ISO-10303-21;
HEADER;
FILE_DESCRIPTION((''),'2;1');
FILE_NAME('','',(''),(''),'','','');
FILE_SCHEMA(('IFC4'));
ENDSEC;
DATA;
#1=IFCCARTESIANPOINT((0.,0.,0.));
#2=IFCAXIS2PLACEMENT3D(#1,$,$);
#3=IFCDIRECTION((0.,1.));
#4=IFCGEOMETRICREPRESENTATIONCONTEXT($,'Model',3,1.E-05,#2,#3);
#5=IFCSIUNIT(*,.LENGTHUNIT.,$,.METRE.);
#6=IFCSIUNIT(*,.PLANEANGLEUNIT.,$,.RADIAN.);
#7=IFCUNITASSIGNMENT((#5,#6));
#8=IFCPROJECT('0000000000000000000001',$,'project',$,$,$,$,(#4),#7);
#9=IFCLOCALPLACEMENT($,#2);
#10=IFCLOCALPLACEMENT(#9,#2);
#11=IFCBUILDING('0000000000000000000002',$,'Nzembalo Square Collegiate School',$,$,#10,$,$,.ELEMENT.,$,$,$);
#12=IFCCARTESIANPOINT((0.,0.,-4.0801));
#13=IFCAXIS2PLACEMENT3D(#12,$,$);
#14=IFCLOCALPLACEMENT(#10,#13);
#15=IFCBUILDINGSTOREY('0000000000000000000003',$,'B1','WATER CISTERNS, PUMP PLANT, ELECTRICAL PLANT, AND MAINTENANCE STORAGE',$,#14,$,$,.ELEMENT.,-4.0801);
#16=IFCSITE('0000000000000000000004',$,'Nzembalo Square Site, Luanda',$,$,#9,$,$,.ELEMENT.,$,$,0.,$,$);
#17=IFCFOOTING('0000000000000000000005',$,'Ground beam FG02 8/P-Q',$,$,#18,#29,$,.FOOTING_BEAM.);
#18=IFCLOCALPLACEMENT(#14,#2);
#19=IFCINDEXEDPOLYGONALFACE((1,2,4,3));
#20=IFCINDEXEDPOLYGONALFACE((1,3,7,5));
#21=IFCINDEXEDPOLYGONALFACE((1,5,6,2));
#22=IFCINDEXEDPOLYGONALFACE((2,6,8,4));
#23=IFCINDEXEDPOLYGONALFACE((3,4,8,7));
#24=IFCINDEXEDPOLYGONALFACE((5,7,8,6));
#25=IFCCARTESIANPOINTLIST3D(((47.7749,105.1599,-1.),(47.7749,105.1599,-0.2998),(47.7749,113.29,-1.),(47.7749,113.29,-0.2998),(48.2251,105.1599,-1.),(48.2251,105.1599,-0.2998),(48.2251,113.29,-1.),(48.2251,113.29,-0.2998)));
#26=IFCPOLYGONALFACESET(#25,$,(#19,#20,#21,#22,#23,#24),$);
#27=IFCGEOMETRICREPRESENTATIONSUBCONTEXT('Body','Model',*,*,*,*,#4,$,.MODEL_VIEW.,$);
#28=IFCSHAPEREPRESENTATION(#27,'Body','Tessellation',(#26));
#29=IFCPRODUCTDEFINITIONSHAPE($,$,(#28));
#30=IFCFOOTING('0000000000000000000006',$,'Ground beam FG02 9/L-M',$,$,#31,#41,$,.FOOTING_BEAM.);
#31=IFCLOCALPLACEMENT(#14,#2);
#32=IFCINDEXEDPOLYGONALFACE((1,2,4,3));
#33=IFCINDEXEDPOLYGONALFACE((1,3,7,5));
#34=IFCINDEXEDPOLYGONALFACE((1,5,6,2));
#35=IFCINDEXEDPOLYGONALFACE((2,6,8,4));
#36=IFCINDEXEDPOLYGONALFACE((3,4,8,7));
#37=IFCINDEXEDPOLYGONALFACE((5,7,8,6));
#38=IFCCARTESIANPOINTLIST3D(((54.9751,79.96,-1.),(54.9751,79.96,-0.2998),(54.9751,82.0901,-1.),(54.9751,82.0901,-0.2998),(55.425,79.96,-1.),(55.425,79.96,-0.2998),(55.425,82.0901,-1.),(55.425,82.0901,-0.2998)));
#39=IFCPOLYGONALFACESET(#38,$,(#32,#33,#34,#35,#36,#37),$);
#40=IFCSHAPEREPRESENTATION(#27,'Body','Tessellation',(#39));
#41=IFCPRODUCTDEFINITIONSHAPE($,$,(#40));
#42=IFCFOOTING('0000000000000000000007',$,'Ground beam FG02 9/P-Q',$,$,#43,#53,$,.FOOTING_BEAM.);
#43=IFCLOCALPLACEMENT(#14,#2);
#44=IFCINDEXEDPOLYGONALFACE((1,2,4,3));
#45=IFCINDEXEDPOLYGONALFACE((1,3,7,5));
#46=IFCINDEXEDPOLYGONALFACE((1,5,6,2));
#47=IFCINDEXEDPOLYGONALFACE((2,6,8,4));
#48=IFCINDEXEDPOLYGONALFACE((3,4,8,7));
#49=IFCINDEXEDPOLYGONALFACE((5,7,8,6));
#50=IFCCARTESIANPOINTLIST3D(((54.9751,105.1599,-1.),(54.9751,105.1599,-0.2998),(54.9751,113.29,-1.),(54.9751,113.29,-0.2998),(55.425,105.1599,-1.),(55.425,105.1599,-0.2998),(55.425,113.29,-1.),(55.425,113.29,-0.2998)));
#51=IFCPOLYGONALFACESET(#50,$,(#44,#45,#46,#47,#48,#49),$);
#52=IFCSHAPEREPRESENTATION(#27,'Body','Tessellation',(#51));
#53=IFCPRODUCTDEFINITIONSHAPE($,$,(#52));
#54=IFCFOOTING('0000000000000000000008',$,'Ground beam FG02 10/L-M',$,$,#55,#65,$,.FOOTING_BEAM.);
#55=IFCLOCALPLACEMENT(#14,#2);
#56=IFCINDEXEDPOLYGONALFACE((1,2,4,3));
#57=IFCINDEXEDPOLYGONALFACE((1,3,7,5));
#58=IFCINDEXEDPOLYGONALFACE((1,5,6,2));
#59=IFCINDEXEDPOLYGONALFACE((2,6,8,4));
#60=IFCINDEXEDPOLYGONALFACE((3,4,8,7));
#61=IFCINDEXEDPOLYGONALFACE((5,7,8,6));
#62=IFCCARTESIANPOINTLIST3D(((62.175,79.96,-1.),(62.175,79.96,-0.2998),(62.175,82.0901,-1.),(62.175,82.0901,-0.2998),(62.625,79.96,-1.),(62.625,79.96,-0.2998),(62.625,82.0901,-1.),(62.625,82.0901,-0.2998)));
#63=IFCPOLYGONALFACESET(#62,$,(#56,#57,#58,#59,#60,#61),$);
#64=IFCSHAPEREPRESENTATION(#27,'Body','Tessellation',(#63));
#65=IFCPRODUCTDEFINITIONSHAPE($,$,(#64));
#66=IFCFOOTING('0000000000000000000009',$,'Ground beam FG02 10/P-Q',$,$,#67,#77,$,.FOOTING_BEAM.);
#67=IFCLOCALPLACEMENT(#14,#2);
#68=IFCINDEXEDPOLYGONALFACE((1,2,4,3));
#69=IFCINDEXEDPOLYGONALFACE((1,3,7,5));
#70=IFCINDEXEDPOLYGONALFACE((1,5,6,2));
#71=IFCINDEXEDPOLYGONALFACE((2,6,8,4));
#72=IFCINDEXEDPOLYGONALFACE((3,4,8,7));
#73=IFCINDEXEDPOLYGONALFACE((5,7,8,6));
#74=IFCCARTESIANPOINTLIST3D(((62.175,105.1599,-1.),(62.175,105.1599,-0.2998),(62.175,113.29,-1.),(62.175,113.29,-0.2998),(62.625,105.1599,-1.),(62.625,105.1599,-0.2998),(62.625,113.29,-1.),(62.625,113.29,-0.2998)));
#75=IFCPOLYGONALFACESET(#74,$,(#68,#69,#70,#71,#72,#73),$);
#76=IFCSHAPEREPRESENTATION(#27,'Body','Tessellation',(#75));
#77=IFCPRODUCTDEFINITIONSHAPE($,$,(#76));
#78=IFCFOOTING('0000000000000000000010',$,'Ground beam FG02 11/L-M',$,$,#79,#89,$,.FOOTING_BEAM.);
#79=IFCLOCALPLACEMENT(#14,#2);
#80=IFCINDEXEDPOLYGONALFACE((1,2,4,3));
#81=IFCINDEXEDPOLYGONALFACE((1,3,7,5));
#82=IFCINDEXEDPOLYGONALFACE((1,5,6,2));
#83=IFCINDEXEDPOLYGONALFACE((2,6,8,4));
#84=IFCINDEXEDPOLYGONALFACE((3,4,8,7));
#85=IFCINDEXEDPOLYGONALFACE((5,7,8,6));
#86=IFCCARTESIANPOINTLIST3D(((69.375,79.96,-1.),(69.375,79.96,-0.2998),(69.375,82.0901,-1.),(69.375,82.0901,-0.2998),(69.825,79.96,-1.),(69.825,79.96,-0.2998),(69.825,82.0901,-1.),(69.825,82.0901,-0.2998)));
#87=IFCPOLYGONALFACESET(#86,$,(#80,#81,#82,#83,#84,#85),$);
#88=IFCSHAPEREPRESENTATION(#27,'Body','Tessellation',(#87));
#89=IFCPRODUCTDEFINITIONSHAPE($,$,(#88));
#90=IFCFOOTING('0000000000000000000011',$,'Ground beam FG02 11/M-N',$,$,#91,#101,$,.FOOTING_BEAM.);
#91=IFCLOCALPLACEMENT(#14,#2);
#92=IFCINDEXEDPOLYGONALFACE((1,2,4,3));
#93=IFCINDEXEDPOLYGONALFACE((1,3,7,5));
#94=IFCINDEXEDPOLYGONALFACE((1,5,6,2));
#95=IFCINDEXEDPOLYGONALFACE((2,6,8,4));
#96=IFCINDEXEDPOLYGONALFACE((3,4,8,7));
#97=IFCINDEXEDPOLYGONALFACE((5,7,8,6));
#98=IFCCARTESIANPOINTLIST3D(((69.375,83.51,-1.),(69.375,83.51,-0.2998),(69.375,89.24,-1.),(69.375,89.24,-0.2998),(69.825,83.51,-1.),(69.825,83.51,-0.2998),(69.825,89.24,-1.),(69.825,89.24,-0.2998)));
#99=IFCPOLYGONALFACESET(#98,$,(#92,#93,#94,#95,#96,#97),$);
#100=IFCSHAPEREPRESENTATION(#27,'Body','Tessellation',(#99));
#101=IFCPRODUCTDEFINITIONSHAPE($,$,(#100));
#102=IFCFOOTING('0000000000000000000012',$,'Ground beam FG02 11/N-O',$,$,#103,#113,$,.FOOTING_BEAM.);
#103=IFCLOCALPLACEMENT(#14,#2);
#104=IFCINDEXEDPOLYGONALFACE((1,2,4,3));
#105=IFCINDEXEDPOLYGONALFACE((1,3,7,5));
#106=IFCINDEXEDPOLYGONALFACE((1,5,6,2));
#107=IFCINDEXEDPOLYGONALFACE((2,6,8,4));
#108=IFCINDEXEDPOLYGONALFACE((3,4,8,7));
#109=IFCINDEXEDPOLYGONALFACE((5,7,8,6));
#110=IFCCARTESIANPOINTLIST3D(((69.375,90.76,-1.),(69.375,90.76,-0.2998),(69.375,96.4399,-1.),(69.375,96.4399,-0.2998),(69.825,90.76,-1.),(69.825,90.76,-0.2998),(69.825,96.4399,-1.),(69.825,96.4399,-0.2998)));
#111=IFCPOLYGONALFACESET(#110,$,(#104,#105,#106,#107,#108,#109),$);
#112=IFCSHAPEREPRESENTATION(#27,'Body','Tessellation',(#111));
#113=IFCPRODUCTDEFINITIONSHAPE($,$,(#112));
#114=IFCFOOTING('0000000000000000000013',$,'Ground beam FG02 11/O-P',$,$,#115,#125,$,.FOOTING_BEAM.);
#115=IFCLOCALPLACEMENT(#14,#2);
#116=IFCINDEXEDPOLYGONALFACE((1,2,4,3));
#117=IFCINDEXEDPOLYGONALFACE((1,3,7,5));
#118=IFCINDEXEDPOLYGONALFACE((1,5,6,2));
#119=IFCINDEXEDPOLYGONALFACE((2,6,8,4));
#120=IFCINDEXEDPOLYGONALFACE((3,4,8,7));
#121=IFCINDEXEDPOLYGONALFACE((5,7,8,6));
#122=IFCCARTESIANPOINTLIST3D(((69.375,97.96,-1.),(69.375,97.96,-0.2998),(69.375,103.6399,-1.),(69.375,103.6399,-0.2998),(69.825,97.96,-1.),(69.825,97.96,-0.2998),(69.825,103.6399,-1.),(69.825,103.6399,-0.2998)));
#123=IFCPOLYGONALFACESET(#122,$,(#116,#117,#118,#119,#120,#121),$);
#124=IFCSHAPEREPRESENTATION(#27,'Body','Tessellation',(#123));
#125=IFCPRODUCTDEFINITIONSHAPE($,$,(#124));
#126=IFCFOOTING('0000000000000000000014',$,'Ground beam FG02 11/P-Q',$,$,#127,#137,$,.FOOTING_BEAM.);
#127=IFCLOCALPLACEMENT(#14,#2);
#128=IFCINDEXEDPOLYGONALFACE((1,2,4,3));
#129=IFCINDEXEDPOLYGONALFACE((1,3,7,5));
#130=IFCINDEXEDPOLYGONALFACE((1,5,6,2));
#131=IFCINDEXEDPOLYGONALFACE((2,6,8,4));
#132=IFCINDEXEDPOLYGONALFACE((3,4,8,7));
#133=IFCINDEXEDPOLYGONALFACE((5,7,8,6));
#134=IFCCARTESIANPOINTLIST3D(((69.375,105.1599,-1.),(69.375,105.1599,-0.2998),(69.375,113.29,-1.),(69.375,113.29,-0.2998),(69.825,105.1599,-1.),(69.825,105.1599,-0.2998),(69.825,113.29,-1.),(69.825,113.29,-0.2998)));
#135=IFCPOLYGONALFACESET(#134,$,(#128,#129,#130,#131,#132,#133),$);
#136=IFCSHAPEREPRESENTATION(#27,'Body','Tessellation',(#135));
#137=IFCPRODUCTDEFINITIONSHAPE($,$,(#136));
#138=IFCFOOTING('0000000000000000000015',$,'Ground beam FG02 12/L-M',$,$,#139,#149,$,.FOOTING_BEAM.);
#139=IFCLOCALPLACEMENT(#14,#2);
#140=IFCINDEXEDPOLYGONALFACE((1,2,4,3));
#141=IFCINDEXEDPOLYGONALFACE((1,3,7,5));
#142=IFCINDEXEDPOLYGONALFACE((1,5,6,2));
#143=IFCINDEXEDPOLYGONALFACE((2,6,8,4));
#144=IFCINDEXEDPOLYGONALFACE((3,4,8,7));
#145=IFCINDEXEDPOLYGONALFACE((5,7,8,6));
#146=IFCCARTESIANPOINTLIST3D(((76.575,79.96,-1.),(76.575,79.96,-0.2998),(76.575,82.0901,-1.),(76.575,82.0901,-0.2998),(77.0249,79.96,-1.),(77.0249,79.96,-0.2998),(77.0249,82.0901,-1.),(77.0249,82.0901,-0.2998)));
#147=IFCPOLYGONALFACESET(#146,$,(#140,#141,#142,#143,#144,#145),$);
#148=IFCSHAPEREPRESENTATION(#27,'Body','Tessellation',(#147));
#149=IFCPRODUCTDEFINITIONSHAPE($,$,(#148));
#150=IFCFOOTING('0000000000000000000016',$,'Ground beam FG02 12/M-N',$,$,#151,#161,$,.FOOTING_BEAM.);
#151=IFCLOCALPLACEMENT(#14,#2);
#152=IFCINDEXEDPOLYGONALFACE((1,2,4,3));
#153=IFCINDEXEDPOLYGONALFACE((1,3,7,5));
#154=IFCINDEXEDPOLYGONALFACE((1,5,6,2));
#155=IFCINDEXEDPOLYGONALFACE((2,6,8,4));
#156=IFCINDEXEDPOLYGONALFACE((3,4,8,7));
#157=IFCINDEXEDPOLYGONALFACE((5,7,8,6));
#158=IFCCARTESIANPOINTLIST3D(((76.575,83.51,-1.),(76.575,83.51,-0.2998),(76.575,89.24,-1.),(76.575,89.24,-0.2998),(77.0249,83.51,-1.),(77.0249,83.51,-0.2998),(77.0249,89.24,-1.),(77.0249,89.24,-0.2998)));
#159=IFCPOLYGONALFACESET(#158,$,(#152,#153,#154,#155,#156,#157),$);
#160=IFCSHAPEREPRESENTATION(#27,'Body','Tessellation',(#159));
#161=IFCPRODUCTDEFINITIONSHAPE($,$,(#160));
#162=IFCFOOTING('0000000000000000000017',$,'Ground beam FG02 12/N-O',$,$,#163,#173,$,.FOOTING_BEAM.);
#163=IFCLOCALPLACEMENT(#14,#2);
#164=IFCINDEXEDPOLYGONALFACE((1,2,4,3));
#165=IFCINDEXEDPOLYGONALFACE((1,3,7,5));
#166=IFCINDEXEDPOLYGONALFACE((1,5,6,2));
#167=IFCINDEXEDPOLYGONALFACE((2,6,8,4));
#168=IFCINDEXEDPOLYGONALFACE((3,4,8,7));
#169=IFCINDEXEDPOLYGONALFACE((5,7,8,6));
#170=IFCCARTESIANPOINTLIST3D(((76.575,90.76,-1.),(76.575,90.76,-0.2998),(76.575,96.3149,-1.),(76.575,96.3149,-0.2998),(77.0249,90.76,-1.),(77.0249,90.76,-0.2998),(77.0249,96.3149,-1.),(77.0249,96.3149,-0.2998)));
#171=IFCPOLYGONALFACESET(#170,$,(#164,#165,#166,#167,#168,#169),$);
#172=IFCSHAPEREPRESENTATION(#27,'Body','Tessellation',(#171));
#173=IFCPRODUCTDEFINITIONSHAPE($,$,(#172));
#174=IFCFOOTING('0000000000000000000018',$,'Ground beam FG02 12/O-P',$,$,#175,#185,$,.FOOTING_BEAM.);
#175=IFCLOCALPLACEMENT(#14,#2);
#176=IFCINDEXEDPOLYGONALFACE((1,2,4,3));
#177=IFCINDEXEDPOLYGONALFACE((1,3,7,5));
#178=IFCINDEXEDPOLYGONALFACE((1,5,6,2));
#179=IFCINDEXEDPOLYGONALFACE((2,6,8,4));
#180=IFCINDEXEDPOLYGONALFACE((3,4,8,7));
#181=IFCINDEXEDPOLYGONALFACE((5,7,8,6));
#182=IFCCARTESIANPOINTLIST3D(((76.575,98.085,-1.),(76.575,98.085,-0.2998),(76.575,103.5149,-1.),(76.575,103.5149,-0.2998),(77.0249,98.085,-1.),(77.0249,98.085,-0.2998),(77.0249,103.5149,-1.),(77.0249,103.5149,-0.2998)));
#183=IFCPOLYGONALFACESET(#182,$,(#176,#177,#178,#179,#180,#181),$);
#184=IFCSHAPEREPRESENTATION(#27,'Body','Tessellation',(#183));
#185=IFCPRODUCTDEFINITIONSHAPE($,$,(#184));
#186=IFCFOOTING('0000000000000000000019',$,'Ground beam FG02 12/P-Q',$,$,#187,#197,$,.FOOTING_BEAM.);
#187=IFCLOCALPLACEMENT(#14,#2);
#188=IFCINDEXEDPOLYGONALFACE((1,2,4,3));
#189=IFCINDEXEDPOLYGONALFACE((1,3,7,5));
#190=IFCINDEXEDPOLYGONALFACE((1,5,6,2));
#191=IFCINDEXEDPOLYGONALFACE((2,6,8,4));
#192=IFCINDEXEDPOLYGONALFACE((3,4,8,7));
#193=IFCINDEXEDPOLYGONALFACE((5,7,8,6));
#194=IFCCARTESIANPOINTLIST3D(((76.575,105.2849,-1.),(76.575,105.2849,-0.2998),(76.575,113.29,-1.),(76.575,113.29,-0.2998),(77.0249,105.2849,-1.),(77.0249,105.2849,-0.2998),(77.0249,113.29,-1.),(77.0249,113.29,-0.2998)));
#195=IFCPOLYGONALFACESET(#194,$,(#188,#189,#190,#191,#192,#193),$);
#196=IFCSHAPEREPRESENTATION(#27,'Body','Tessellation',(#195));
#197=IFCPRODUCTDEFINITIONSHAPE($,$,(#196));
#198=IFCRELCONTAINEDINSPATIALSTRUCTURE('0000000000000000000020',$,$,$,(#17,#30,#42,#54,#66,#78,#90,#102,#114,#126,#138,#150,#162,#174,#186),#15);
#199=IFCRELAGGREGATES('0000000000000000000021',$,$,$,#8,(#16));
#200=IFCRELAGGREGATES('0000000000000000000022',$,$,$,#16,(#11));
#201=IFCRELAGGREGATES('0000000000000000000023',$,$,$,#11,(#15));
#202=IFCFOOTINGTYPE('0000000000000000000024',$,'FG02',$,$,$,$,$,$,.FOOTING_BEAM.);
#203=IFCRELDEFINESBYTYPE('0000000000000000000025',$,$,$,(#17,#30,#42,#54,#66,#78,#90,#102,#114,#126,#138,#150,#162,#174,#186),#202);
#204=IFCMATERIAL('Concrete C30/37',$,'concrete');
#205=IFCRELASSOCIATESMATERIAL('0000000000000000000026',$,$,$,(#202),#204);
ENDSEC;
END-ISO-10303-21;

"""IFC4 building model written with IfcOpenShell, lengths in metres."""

from ifc_helpers import new_model, si_unit, direction, frame, origin, place, context, subcontext, project, spatial, polyline, outline, extrude, material, type_object, element, save


model = new_model("IFC4")

# Units and contexts
model_context = context("Model", 3, precision=1e-05, world=origin(), true_north=direction((0.0, 1.0)))
body_context = subcontext(model_context, "Body", "Model", "MODEL_VIEW")
ifc_project = project(units=[si_unit("LENGTHUNIT", "METRE"), si_unit("PLANEANGLEUNIT", "RADIAN")], contexts=[model_context])

# Site, building, storey
site_placement = place(None, origin())
site = spatial("IfcSite", under=ifc_project, at=site_placement, Name="Nzembalo Square Site, Luanda", CompositionType="ELEMENT", RefElevation=0.0)
building_placement = place(site_placement, origin())
building = spatial("IfcBuilding", under=site, at=building_placement, Name="Nzembalo Square Collegiate School", CompositionType="ELEMENT")
storey_placement = place(building_placement, frame((0.0, 0.0, -4.0801)))
storey = spatial("IfcBuildingStorey", under=building, at=storey_placement, Name="B1", Description="WATER CISTERNS, PUMP PLANT, ELECTRICAL PLANT, AND MAINTENANCE STORAGE", CompositionType="ELEMENT", Elevation=-4.0801)

# Footings
ifc_material = material(Name="Concrete C30/37", Category="concrete")
footing_type = type_object("IfcFootingType", Name="FG02", PredefinedType="FOOTING_BEAM", material=ifc_material)
footing_1_placement = place(storey_placement, frame((0.0, 0.0, -1.0)))
element("IfcFooting", 1, at=footing_1_placement, inside=storey, type_object=footing_type, Name="Ground beam FG02 8/P-Q", PredefinedType="FOOTING_BEAM", context=body_context, shape_type="SweptSolid", body=[
    extrude(outline(polyline([(47.7749, 105.1599), (48.2251, 105.1599), (48.2251, 113.29), (47.7749, 113.29), (47.7749, 105.1599)])), origin(), (0.0, 0.0, 1.0), 0.7002),
])
footing_2_placement = place(storey_placement, frame((0.0, 0.0, -1.0)))
element("IfcFooting", 2, at=footing_2_placement, inside=storey, type_object=footing_type, Name="Ground beam FG02 9/L-M", PredefinedType="FOOTING_BEAM", context=body_context, shape_type="SweptSolid", body=[
    extrude(outline(polyline([(54.9751, 79.96), (55.425, 79.96), (55.425, 82.0901), (54.9751, 82.0901), (54.9751, 79.96)])), origin(), (0.0, 0.0, 1.0), 0.7002),
])
footing_3_placement = place(storey_placement, frame((0.0, 0.0, -1.0)))
element("IfcFooting", 3, at=footing_3_placement, inside=storey, type_object=footing_type, Name="Ground beam FG02 9/P-Q", PredefinedType="FOOTING_BEAM", context=body_context, shape_type="SweptSolid", body=[
    extrude(outline(polyline([(54.9751, 105.1599), (55.425, 105.1599), (55.425, 113.29), (54.9751, 113.29), (54.9751, 105.1599)])), origin(), (0.0, 0.0, 1.0), 0.7002),
])
footing_4_placement = place(storey_placement, frame((0.0, 0.0, -1.0)))
element("IfcFooting", 4, at=footing_4_placement, inside=storey, type_object=footing_type, Name="Ground beam FG02 10/L-M", PredefinedType="FOOTING_BEAM", context=body_context, shape_type="SweptSolid", body=[
    extrude(outline(polyline([(62.175, 79.96), (62.625, 79.96), (62.625, 82.0901), (62.175, 82.0901), (62.175, 79.96)])), origin(), (0.0, 0.0, 1.0), 0.7002),
])
footing_5_placement = place(storey_placement, frame((0.0, 0.0, -1.0)))
element("IfcFooting", 5, at=footing_5_placement, inside=storey, type_object=footing_type, Name="Ground beam FG02 10/P-Q", PredefinedType="FOOTING_BEAM", context=body_context, shape_type="SweptSolid", body=[
    extrude(outline(polyline([(62.175, 105.1599), (62.625, 105.1599), (62.625, 113.29), (62.175, 113.29), (62.175, 105.1599)])), origin(), (0.0, 0.0, 1.0), 0.7002),
])
footing_6_placement = place(storey_placement, frame((0.0, 0.0, -1.0)))
element("IfcFooting", 6, at=footing_6_placement, inside=storey, type_object=footing_type, Name="Ground beam FG02 11/L-M", PredefinedType="FOOTING_BEAM", context=body_context, shape_type="SweptSolid", body=[
    extrude(outline(polyline([(69.375, 79.96), (69.825, 79.96), (69.825, 82.0901), (69.375, 82.0901), (69.375, 79.96)])), origin(), (0.0, 0.0, 1.0), 0.7002),
])
footing_7_placement = place(storey_placement, frame((0.0, 0.0, -1.0)))
element("IfcFooting", 7, at=footing_7_placement, inside=storey, type_object=footing_type, Name="Ground beam FG02 11/M-N", PredefinedType="FOOTING_BEAM", context=body_context, shape_type="SweptSolid", body=[
    extrude(outline(polyline([(69.375, 83.51), (69.825, 83.51), (69.825, 89.24), (69.375, 89.24), (69.375, 83.51)])), origin(), (0.0, 0.0, 1.0), 0.7002),
])
footing_8_placement = place(storey_placement, frame((0.0, 0.0, -1.0)))
element("IfcFooting", 8, at=footing_8_placement, inside=storey, type_object=footing_type, Name="Ground beam FG02 11/N-O", PredefinedType="FOOTING_BEAM", context=body_context, shape_type="SweptSolid", body=[
    extrude(outline(polyline([(69.375, 90.76), (69.825, 90.76), (69.825, 96.4399), (69.375, 96.4399), (69.375, 90.76)])), origin(), (0.0, 0.0, 1.0), 0.7002),
])
footing_9_placement = place(storey_placement, frame((0.0, 0.0, -1.0)))
element("IfcFooting", 9, at=footing_9_placement, inside=storey, type_object=footing_type, Name="Ground beam FG02 11/O-P", PredefinedType="FOOTING_BEAM", context=body_context, shape_type="SweptSolid", body=[
    extrude(outline(polyline([(69.375, 97.96), (69.825, 97.96), (69.825, 103.6399), (69.375, 103.6399), (69.375, 97.96)])), origin(), (0.0, 0.0, 1.0), 0.7002),
])
footing_10_placement = place(storey_placement, frame((0.0, 0.0, -1.0)))
element("IfcFooting", 10, at=footing_10_placement, inside=storey, type_object=footing_type, Name="Ground beam FG02 11/P-Q", PredefinedType="FOOTING_BEAM", context=body_context, shape_type="SweptSolid", body=[
    extrude(outline(polyline([(69.375, 105.1599), (69.825, 105.1599), (69.825, 113.29), (69.375, 113.29), (69.375, 105.1599)])), origin(), (0.0, 0.0, 1.0), 0.7002),
])
footing_11_placement = place(storey_placement, frame((0.0, 0.0, -1.0)))
element("IfcFooting", 11, at=footing_11_placement, inside=storey, type_object=footing_type, Name="Ground beam FG02 12/L-M", PredefinedType="FOOTING_BEAM", context=body_context, shape_type="SweptSolid", body=[
    extrude(outline(polyline([(76.575, 79.96), (77.0249, 79.96), (77.0249, 82.0901), (76.575, 82.0901), (76.575, 79.96)])), origin(), (0.0, 0.0, 1.0), 0.7002),
])
footing_12_placement = place(storey_placement, frame((0.0, 0.0, -1.0)))
element("IfcFooting", 12, at=footing_12_placement, inside=storey, type_object=footing_type, Name="Ground beam FG02 12/M-N", PredefinedType="FOOTING_BEAM", context=body_context, shape_type="SweptSolid", body=[
    extrude(outline(polyline([(76.575, 83.51), (77.0249, 83.51), (77.0249, 89.24), (76.575, 89.24), (76.575, 83.51)])), origin(), (0.0, 0.0, 1.0), 0.7002),
])
footing_13_placement = place(storey_placement, frame((0.0, 0.0, -1.0)))
element("IfcFooting", 13, at=footing_13_placement, inside=storey, type_object=footing_type, Name="Ground beam FG02 12/N-O", PredefinedType="FOOTING_BEAM", context=body_context, shape_type="SweptSolid", body=[
    extrude(outline(polyline([(76.575, 90.76), (77.0249, 90.76), (77.0249, 96.3149), (76.575, 96.3149), (76.575, 90.76)])), origin(), (0.0, 0.0, 1.0), 0.7002),
])
footing_14_placement = place(storey_placement, frame((0.0, 0.0, -1.0)))
element("IfcFooting", 14, at=footing_14_placement, inside=storey, type_object=footing_type, Name="Ground beam FG02 12/O-P", PredefinedType="FOOTING_BEAM", context=body_context, shape_type="SweptSolid", body=[
    extrude(outline(polyline([(76.575, 98.085), (77.0249, 98.085), (77.0249, 103.5149), (76.575, 103.5149), (76.575, 98.085)])), origin(), (0.0, 0.0, 1.0), 0.7002),
])
footing_15_placement = place(storey_placement, frame((0.0, 0.0, -1.0)))
element("IfcFooting", 15, at=footing_15_placement, inside=storey, type_object=footing_type, Name="Ground beam FG02 12/P-Q", PredefinedType="FOOTING_BEAM", context=body_context, shape_type="SweptSolid", body=[
    extrude(outline(polyline([(76.575, 105.2849), (77.0249, 105.2849), (77.0249, 113.29), (76.575, 113.29), (76.575, 105.2849)])), origin(), (0.0, 0.0, 1.0), 0.7002),
])

save(model, "model.ifc")
